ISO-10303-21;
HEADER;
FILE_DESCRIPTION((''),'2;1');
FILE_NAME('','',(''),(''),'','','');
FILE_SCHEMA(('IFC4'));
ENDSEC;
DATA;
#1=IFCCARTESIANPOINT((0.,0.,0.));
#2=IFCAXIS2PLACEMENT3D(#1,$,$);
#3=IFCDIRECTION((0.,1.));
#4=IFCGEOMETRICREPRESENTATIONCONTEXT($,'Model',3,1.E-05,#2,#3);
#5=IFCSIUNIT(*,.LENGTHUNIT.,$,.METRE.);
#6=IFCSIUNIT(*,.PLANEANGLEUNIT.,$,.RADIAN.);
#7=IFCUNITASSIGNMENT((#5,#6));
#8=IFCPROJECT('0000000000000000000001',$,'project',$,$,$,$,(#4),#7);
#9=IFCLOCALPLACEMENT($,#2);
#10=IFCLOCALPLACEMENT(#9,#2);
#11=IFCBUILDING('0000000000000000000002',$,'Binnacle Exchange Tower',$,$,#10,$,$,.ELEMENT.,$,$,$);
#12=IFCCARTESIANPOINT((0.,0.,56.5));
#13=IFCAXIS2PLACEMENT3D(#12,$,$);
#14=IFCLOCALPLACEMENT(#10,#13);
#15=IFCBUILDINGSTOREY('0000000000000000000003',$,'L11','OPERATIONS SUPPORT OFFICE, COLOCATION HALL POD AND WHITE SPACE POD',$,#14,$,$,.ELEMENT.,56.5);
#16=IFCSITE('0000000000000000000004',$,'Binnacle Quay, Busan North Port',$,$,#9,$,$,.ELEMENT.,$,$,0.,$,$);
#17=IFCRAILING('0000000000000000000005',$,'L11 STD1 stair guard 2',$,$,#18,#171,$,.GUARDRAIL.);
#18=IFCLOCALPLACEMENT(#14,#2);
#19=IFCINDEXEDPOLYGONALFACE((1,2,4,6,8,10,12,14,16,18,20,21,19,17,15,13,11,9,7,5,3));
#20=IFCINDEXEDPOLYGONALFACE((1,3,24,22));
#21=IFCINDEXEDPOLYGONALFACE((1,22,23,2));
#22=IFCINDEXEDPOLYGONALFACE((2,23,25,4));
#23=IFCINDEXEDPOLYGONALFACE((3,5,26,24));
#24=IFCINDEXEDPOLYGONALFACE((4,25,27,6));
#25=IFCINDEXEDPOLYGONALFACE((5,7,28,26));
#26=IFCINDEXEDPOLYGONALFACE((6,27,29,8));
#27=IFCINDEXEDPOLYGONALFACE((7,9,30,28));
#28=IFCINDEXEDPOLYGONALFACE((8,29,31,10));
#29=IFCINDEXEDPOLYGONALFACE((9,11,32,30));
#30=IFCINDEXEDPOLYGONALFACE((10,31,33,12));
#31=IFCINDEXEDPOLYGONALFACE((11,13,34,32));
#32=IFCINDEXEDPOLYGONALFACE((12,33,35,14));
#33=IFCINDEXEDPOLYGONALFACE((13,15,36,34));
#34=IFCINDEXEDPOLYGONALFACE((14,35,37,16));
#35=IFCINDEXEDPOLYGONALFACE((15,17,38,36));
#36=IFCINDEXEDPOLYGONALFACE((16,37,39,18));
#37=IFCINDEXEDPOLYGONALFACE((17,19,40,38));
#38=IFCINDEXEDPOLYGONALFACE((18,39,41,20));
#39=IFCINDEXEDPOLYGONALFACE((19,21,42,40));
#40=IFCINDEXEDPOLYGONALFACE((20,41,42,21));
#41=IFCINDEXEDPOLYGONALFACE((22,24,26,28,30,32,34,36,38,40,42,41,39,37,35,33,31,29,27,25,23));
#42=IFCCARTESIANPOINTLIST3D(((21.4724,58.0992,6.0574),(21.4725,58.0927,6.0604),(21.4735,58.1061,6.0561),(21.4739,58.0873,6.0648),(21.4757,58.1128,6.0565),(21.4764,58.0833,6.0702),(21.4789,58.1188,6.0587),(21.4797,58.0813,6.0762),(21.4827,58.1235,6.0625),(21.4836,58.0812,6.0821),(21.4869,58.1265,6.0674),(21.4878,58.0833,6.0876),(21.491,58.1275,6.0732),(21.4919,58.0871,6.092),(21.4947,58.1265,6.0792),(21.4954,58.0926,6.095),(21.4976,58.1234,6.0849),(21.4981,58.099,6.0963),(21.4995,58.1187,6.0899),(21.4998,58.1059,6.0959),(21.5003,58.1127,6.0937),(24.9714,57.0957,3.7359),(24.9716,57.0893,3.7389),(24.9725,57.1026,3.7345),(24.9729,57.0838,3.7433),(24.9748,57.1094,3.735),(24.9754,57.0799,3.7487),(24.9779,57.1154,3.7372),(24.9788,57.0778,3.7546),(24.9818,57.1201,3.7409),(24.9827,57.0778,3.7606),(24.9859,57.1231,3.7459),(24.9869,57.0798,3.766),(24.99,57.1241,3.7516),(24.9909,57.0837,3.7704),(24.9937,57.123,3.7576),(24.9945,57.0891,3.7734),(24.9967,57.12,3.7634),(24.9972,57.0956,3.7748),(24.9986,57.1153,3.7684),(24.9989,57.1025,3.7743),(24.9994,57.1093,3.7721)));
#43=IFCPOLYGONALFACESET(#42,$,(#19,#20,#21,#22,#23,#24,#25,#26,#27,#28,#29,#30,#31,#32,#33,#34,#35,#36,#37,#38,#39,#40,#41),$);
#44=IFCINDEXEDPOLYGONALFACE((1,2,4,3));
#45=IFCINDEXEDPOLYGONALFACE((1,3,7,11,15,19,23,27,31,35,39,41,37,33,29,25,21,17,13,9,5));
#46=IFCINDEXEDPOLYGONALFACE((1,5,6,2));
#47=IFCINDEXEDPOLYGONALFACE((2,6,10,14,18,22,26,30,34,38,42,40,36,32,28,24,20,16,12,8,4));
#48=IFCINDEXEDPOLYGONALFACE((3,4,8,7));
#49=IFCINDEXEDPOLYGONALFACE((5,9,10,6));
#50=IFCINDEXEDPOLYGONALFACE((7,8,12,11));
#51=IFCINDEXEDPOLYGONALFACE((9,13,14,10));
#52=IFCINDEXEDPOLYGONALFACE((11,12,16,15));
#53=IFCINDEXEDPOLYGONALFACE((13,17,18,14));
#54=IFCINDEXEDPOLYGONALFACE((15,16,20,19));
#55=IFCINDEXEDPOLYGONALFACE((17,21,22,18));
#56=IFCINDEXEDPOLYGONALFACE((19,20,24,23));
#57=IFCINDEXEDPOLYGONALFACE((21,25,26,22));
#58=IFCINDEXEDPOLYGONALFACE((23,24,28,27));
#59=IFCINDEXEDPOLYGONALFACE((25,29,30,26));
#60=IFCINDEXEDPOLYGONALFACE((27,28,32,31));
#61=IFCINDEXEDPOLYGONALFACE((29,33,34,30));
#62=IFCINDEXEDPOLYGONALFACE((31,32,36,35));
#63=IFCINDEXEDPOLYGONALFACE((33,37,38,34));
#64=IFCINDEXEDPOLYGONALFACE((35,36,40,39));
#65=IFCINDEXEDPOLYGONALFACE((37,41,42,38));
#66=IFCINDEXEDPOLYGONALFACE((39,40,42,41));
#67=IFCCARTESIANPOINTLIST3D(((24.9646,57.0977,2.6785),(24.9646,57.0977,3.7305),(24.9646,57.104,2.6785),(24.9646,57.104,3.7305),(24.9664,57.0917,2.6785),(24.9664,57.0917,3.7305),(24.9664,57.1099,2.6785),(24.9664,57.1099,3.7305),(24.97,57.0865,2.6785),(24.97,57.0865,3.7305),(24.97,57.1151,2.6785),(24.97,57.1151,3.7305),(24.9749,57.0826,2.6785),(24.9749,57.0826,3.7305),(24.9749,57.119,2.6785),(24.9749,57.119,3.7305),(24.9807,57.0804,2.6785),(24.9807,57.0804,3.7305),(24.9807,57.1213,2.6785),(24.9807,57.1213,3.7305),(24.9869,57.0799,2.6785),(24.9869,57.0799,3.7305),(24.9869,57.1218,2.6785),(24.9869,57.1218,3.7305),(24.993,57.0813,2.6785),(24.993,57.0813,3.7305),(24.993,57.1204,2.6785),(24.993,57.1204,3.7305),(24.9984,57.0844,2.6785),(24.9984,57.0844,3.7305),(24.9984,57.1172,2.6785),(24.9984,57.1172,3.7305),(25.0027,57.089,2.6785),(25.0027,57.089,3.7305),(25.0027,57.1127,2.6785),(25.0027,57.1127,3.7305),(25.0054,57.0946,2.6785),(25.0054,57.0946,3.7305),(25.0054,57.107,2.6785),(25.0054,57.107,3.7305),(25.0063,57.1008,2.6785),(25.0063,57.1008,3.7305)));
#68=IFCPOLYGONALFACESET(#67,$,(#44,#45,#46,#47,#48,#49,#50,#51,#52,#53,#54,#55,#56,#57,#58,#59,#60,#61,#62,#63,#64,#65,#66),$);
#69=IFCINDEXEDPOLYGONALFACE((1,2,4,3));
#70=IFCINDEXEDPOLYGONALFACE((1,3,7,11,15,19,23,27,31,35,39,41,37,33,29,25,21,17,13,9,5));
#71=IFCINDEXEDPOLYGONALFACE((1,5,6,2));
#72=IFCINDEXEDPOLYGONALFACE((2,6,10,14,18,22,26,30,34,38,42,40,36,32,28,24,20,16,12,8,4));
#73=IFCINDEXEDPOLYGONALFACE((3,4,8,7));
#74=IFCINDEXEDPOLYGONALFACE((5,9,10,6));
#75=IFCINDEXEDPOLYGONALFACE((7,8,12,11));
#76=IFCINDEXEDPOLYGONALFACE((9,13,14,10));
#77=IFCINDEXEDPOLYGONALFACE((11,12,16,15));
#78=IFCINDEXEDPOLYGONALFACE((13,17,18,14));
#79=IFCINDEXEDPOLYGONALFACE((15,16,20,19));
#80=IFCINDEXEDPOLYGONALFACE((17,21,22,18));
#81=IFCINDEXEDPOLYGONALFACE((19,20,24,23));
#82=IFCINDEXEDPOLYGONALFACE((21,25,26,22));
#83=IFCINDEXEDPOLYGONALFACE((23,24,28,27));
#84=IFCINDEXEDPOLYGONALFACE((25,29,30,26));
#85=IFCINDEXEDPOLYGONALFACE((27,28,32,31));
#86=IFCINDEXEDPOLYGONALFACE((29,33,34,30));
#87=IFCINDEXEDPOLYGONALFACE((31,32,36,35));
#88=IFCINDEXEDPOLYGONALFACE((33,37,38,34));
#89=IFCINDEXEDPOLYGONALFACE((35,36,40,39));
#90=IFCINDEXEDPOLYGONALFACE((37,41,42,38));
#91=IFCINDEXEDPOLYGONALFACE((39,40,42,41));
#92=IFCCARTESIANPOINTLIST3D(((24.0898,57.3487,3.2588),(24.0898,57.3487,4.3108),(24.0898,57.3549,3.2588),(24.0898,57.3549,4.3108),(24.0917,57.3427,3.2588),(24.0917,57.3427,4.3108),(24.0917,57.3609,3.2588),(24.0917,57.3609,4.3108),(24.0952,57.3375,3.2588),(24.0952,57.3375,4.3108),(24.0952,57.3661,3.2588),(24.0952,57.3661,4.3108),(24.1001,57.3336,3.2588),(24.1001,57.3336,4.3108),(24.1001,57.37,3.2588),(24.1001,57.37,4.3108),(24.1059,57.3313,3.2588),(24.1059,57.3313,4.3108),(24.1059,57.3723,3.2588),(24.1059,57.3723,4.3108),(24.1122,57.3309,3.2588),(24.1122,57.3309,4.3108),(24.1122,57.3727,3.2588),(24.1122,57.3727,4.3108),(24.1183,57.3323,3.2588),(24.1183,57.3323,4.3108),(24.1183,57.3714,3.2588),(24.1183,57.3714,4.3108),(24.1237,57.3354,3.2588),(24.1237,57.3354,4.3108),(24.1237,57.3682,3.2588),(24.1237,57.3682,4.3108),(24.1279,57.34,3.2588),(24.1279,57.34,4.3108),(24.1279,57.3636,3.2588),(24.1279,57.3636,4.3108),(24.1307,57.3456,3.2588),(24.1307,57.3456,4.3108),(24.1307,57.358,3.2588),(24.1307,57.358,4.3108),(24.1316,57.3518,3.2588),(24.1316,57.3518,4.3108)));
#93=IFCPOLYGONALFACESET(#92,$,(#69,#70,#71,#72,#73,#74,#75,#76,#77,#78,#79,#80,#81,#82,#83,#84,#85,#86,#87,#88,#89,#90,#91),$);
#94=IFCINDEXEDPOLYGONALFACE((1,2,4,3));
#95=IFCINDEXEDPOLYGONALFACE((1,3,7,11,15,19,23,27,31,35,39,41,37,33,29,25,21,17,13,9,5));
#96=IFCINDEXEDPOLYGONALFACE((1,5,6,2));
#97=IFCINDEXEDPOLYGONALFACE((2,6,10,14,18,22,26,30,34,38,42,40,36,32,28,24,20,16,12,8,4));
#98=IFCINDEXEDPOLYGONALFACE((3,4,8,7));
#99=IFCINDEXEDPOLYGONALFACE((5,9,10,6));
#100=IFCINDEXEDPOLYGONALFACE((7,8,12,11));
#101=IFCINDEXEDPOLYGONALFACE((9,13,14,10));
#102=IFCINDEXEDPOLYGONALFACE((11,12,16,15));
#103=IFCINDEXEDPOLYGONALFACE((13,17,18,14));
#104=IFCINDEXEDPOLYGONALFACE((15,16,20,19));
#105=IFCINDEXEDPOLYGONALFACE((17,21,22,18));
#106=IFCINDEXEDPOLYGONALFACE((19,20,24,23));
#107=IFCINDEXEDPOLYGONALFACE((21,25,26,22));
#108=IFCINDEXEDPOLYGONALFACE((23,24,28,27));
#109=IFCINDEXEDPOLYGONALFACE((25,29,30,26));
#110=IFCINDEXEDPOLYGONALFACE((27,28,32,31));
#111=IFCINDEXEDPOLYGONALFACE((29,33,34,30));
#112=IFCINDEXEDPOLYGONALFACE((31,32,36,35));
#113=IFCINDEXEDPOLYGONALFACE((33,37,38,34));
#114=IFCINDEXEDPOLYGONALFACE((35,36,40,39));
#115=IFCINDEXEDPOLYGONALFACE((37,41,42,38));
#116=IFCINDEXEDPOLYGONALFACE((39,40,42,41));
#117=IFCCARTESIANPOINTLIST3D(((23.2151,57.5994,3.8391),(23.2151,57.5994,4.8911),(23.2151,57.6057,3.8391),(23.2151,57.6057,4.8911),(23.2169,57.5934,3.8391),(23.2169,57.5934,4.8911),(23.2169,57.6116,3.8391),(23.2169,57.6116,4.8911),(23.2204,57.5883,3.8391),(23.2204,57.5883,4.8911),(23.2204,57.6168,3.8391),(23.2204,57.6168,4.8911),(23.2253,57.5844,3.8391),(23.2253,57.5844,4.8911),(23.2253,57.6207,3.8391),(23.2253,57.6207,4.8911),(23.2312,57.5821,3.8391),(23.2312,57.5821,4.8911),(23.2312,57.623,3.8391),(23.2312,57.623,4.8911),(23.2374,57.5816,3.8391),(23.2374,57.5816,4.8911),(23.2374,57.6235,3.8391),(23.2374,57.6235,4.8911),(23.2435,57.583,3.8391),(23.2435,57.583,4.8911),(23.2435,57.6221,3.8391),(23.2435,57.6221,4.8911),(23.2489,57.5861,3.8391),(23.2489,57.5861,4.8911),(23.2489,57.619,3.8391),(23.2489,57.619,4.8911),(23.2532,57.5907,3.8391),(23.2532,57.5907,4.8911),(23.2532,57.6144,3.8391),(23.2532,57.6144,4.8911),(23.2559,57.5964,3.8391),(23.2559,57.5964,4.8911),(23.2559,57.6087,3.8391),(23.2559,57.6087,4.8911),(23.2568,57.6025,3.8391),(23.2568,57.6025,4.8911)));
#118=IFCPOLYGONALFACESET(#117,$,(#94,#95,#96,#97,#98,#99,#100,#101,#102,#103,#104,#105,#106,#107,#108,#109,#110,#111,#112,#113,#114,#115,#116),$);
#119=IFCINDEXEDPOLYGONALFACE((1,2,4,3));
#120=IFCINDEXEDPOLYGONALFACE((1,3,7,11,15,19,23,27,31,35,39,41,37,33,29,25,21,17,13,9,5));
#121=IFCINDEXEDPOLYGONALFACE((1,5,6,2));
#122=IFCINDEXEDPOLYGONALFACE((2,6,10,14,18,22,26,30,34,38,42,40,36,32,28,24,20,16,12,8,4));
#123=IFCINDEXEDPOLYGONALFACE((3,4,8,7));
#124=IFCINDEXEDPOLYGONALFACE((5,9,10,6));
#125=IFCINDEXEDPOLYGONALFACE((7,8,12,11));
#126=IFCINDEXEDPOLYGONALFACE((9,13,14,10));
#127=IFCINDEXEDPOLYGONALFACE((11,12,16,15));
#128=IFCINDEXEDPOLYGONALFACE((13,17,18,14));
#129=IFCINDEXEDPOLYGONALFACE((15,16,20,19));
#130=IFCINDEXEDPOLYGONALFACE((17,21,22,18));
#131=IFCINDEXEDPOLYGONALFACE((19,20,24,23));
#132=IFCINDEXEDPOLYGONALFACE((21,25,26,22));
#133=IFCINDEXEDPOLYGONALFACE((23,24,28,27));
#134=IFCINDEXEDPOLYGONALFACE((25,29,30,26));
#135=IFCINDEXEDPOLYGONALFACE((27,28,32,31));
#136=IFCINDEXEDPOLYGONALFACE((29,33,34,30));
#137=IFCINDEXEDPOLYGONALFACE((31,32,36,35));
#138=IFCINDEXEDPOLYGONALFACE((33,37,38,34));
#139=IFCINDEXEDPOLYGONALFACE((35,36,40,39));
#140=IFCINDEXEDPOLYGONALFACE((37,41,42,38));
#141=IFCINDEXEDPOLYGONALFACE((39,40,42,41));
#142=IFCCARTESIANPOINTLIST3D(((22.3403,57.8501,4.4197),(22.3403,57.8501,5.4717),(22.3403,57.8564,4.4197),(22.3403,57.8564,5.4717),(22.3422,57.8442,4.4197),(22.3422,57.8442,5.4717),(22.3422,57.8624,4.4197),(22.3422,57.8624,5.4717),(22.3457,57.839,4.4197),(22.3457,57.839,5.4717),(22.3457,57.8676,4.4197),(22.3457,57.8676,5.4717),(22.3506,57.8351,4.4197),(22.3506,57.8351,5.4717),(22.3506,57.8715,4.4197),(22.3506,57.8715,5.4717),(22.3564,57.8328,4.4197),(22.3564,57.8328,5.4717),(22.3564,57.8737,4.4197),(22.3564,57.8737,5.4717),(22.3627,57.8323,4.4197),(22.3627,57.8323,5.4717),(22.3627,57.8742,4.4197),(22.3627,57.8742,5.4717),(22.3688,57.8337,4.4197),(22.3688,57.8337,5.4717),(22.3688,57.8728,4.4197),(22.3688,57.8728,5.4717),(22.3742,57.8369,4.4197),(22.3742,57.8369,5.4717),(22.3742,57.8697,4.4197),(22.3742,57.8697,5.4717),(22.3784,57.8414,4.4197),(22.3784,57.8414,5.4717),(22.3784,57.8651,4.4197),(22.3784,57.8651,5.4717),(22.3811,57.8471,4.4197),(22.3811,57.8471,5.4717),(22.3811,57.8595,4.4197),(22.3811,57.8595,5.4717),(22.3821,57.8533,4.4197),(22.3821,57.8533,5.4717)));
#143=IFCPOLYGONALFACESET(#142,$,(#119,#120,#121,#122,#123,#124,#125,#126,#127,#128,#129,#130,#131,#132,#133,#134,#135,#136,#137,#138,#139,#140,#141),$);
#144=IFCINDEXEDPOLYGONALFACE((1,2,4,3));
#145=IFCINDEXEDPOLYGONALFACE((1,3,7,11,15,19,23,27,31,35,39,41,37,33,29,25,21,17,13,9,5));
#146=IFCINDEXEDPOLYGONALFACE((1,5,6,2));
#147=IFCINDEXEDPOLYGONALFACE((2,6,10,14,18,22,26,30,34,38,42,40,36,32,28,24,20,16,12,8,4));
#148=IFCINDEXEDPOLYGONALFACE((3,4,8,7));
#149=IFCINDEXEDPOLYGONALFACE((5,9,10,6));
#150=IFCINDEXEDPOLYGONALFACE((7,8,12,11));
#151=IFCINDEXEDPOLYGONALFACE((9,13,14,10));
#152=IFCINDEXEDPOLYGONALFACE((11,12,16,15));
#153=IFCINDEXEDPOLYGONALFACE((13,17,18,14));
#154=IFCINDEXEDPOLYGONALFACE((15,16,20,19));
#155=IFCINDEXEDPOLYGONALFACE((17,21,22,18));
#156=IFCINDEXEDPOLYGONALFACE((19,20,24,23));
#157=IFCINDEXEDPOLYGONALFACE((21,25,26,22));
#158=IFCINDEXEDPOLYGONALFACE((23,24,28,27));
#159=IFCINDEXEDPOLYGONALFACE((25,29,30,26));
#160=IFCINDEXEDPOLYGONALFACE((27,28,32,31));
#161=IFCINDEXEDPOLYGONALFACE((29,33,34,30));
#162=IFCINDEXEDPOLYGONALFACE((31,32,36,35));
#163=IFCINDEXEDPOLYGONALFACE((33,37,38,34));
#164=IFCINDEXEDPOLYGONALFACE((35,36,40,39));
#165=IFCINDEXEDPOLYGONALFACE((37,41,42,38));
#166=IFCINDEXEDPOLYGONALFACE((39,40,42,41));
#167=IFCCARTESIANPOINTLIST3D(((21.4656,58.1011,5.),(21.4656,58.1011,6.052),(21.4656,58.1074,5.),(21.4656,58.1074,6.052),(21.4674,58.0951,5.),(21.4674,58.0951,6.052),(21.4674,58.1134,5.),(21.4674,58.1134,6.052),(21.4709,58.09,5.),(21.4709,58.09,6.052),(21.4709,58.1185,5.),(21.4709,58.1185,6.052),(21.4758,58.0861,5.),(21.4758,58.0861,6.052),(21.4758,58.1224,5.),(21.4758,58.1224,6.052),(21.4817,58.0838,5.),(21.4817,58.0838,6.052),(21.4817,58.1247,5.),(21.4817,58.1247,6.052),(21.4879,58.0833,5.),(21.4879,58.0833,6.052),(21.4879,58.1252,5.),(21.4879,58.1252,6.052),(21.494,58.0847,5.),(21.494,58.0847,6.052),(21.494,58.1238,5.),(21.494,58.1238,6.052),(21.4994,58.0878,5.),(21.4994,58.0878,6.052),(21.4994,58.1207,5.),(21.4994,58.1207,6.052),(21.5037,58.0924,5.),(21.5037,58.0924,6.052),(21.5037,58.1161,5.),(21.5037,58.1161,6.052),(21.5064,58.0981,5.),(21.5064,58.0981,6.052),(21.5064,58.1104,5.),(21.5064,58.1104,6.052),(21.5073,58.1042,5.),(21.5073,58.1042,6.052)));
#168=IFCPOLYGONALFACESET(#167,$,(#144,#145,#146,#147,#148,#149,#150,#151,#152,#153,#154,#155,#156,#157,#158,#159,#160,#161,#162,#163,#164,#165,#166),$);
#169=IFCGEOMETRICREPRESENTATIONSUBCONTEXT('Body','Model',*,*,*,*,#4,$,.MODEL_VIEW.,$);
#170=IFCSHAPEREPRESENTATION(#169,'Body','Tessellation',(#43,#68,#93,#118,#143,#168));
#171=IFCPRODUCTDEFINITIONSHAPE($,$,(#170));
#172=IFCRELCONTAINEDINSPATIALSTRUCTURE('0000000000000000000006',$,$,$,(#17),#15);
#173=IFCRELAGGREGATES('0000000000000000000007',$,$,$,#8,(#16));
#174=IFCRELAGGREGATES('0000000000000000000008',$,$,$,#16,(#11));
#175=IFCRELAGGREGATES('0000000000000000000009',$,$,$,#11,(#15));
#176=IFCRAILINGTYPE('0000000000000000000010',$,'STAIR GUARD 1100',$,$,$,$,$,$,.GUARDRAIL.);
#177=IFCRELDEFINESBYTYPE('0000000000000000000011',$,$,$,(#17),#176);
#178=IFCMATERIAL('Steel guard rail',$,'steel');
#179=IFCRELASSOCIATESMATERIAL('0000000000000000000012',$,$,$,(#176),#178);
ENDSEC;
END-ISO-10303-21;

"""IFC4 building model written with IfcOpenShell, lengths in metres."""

from ifc_helpers import new_model, si_unit, direction, frame, origin, origin_2d, place, context, subcontext, project, spatial, circle, extrude, material, type_object, element, save


model = new_model("IFC4")

# Units and contexts
model_context = context("Model", 3, precision=1e-05, world=origin(), true_north=direction((0.0, 1.0)))
body_context = subcontext(model_context, "Body", "Model", "MODEL_VIEW")
ifc_project = project(units=[si_unit("LENGTHUNIT", "METRE"), si_unit("PLANEANGLEUNIT", "RADIAN")], contexts=[model_context])

# Site, building, storey
site_placement = place(None, origin())
site = spatial("IfcSite", under=ifc_project, at=site_placement, Name="Binnacle Quay, Busan North Port", CompositionType="ELEMENT", RefElevation=0.0)
building_placement = place(site_placement, origin())
building = spatial("IfcBuilding", under=site, at=building_placement, Name="Binnacle Exchange Tower", CompositionType="ELEMENT")
storey_placement = place(building_placement, frame((0.0, 0.0, 56.5)))
storey = spatial("IfcBuildingStorey", under=building, at=storey_placement, Name="L11", Description="OPERATIONS SUPPORT OFFICE, COLOCATION HALL POD AND WHITE SPACE POD", CompositionType="ELEMENT", Elevation=56.5)

# Railing
ifc_material_1 = material(Name="Steel guard rail", Category="steel")
railing_type_1 = type_object("IfcRailingType", Name="STAIR GUARD 1100", PredefinedType="GUARDRAIL", material=ifc_material_1)
railing_1_placement = place(storey_placement, frame((24.9854, 57.1008, 2.6785)))
element("IfcRailing", 1, at=railing_1_placement, inside=storey, type_object=railing_type_1, Name="L11 STD1 stair guard 2", PredefinedType="GUARDRAIL", context=body_context, shape_type="SweptSolid", body=[
    extrude(circle(Radius=0.0239, at=origin_2d()), frame((0.0, 0.0, 1.0762), z_axis=(-0.810456, 0.232415, 0.537722), x_axis=(-0.27566, -0.961255, 0.0)), (0.0, 0.0, 1.0), 4.3174),
    extrude(circle(Radius=0.021, at=origin_2d()), origin(), (0.0, 0.0, 1.0), 1.052),
    extrude(circle(Radius=0.021, at=origin_2d()), frame((-0.8748, 0.251, 0.5803)), (0.0, 0.0, 1.0), 1.052),
    extrude(circle(Radius=0.021, at=origin_2d()), frame((-1.7495, 0.5017, 1.1606)), (0.0, 0.0, 1.0), 1.052),
    extrude(circle(Radius=0.021, at=origin_2d()), frame((-2.6243, 0.7524, 1.7412)), (0.0, 0.0, 1.0), 1.052),
    extrude(circle(Radius=0.021, at=origin_2d()), frame((-3.499, 1.0034, 2.3215)), (0.0, 0.0, 1.0), 1.052),
])

save(model, "model.ifc")
